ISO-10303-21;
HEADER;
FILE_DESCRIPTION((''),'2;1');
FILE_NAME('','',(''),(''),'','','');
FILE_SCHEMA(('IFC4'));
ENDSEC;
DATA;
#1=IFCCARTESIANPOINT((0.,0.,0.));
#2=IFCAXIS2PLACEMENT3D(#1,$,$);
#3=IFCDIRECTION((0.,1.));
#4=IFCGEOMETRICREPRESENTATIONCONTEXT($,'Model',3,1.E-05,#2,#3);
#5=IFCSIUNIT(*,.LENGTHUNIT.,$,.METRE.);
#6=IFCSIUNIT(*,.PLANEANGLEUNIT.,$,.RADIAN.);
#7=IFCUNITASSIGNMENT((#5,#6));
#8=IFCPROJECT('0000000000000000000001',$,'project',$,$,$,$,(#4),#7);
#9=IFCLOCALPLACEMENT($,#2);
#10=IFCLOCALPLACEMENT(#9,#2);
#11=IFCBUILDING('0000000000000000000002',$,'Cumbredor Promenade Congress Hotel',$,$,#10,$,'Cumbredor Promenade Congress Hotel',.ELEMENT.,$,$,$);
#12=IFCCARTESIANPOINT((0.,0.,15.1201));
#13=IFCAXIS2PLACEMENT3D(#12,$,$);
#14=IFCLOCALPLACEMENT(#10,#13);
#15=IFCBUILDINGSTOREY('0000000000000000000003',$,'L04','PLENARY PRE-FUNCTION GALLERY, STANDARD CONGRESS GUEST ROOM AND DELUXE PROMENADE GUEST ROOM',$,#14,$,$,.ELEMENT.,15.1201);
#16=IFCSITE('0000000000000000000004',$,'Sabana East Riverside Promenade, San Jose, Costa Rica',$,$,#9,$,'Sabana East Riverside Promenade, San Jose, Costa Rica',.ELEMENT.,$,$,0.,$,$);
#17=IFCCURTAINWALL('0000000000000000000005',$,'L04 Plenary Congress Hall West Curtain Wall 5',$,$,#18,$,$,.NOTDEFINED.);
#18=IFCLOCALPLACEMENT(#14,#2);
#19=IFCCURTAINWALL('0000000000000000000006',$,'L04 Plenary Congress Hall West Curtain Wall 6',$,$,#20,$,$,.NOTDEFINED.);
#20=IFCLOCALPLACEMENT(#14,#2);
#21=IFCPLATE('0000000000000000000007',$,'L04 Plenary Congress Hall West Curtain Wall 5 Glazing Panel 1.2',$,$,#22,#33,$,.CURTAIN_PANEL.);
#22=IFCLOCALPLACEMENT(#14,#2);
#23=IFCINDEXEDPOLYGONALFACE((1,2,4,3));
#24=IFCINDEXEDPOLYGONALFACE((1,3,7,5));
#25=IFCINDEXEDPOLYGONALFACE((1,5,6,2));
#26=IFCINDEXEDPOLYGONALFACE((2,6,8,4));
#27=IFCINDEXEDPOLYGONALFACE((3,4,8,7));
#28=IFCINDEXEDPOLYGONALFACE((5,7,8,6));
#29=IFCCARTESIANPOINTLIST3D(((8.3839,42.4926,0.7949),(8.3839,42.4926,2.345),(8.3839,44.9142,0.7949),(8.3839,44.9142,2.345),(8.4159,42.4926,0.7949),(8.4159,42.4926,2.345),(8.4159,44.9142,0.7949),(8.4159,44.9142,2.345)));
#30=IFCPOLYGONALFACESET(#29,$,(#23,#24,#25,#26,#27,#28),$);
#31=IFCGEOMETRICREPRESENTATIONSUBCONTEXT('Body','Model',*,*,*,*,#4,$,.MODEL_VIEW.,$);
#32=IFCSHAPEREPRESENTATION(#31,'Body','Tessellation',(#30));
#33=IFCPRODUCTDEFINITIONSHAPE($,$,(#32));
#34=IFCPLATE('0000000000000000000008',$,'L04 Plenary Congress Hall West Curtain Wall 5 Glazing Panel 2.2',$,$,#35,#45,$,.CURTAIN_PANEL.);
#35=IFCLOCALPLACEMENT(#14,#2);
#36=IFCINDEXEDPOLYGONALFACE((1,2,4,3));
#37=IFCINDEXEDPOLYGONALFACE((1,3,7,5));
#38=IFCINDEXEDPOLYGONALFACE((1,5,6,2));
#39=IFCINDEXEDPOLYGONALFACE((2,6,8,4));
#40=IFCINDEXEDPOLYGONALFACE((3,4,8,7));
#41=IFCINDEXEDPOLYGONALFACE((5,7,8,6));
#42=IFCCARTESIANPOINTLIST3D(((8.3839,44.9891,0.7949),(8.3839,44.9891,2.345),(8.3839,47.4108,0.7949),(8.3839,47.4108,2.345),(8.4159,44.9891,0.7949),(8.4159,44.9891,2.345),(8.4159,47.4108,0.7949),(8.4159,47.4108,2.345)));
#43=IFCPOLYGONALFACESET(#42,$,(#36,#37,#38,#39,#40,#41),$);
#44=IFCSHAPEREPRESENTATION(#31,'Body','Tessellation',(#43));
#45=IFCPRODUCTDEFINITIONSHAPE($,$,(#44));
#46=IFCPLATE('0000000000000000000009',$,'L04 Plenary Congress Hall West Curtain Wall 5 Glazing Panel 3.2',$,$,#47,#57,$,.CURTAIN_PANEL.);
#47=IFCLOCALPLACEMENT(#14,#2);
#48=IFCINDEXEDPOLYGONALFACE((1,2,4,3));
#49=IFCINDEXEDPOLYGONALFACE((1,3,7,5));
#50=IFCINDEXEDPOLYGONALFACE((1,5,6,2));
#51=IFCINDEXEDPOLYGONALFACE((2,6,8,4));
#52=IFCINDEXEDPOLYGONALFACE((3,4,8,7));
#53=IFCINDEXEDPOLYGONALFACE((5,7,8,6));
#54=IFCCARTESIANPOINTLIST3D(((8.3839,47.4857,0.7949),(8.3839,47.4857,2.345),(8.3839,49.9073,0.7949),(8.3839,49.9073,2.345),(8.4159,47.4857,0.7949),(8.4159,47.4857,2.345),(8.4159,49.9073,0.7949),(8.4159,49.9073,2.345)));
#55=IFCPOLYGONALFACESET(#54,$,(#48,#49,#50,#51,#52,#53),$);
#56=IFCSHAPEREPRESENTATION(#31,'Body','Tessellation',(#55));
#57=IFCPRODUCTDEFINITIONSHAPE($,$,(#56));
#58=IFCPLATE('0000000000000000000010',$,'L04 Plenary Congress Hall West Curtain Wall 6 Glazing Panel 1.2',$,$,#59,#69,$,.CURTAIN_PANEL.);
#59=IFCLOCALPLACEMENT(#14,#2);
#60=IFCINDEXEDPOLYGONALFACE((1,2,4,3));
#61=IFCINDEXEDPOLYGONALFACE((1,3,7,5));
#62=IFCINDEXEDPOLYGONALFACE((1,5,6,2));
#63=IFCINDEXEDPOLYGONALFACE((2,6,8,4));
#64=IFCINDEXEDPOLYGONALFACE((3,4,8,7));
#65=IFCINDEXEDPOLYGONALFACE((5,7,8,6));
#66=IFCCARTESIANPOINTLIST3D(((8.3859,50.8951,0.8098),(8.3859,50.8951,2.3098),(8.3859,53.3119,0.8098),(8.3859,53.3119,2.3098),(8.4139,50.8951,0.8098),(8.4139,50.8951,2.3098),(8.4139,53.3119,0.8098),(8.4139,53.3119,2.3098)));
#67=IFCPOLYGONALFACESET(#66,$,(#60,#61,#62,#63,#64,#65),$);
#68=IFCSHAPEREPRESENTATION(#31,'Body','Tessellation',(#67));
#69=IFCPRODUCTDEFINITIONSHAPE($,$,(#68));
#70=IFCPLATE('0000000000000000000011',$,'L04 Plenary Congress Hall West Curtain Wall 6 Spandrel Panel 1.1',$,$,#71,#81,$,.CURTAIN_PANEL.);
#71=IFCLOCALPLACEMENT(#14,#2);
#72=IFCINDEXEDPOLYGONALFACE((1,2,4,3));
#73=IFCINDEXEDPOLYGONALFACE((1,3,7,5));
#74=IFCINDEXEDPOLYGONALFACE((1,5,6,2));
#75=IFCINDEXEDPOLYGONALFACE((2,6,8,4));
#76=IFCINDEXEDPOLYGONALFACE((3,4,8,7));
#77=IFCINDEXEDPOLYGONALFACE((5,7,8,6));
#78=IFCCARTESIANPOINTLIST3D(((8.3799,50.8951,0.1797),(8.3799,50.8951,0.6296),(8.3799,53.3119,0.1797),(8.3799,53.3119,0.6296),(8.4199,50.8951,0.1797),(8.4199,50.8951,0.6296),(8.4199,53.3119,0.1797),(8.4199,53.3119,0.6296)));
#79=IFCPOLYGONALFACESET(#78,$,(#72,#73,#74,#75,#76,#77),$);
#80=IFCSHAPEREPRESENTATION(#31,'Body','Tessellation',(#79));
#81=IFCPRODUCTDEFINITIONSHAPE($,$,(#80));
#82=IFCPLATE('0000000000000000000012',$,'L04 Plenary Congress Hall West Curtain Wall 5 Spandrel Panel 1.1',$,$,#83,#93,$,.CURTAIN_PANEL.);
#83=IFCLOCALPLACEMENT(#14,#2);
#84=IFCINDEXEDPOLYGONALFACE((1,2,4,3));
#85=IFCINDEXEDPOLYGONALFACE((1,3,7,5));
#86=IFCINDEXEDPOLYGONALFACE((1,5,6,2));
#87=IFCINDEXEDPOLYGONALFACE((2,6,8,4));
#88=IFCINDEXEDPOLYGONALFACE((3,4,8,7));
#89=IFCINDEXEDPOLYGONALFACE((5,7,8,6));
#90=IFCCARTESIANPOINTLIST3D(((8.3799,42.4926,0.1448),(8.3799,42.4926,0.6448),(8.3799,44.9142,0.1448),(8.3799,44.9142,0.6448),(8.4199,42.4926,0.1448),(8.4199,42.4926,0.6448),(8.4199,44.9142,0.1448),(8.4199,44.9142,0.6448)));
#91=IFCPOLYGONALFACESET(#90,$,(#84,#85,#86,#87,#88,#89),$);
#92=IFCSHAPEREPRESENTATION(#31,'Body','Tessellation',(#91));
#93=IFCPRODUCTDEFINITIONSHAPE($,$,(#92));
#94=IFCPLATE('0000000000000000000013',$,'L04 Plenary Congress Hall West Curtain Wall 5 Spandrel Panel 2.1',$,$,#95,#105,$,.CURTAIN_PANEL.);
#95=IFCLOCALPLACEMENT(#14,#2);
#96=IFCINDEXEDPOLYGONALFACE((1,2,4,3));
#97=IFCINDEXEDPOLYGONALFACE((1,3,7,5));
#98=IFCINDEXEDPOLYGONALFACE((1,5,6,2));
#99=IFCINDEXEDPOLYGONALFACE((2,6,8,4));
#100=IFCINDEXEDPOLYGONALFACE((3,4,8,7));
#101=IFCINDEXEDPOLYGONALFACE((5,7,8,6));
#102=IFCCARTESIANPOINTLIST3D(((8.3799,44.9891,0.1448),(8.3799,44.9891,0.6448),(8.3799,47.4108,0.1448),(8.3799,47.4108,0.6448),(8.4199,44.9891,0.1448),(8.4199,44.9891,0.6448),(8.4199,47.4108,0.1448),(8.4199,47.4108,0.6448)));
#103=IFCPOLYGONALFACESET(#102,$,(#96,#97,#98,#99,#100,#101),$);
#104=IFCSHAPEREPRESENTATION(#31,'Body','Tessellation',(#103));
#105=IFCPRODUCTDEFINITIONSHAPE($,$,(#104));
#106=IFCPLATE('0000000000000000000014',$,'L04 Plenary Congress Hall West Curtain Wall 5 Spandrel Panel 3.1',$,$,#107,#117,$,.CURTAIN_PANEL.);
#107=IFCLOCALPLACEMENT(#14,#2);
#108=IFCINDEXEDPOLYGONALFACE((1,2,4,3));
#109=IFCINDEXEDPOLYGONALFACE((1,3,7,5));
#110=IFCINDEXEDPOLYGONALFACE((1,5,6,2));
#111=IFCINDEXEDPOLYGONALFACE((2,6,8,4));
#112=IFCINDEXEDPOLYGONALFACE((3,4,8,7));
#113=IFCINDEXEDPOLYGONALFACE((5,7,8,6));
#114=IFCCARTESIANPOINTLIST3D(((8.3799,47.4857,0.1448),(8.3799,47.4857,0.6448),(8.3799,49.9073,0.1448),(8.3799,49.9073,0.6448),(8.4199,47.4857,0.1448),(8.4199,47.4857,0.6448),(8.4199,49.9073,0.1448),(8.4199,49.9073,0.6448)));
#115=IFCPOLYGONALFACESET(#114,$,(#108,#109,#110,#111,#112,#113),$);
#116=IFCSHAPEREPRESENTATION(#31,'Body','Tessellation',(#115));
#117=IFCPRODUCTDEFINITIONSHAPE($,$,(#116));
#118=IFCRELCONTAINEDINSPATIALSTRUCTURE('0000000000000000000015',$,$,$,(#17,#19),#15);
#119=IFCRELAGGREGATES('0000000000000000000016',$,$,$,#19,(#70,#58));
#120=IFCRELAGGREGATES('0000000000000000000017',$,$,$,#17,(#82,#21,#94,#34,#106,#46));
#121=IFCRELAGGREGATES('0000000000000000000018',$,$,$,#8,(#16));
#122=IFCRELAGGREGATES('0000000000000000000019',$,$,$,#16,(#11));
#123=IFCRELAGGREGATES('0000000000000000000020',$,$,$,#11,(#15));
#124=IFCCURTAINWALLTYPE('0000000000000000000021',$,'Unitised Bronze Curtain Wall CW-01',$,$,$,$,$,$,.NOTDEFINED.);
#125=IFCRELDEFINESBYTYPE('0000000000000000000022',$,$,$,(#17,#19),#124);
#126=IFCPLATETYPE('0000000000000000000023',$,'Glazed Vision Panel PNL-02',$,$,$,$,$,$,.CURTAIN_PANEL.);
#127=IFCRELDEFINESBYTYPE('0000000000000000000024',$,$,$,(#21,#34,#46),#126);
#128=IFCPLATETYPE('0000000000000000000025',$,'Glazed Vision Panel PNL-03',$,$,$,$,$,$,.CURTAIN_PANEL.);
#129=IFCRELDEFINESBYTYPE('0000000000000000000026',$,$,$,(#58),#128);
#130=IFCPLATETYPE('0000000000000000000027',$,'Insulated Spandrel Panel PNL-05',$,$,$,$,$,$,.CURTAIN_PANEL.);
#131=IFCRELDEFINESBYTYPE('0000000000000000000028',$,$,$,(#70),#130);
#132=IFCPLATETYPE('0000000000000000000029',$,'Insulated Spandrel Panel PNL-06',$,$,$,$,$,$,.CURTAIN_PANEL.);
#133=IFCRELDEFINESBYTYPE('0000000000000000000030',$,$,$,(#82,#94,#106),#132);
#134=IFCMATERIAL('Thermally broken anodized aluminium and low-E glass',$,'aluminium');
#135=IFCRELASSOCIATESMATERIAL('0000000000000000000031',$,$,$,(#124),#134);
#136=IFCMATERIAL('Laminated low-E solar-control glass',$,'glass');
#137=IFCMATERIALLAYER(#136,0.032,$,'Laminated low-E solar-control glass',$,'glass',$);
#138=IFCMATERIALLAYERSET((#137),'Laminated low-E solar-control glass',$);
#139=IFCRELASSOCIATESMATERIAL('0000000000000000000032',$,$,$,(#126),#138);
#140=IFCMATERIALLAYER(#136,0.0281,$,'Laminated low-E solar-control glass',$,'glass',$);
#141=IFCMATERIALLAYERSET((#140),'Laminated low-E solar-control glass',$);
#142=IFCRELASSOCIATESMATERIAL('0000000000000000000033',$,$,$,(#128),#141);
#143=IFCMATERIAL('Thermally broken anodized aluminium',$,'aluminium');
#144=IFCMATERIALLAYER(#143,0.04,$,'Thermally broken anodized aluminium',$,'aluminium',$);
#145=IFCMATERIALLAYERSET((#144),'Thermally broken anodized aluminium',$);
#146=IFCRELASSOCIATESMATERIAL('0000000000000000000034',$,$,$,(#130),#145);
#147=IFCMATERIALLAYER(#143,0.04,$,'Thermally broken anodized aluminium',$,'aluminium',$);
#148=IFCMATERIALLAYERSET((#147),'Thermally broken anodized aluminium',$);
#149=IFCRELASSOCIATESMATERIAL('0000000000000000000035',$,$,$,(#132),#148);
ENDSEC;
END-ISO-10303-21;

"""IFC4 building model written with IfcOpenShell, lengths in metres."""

from ifc_helpers import new_model, si_unit, direction, frame, origin, origin_2d, place, context, subcontext, project, spatial, rectangle, extrude, material, layer, layer_set, type_object, element, aggregate, save


model = new_model("IFC4")

# Units and contexts
model_context = context("Model", 3, precision=1e-05, world=origin(), true_north=direction((0.0, 1.0)))
body_context = subcontext(model_context, "Body", "Model", "MODEL_VIEW")
ifc_project = project(units=[si_unit("LENGTHUNIT", "METRE"), si_unit("PLANEANGLEUNIT", "RADIAN")], contexts=[model_context])

# Site, building, storey
site_placement = place(None, origin())
site = spatial("IfcSite", under=ifc_project, at=site_placement, Name="Sabana East Riverside Promenade, San Jose, Costa Rica", LongName="Sabana East Riverside Promenade, San Jose, Costa Rica", CompositionType="ELEMENT", RefElevation=0.0)
building_placement = place(site_placement, origin())
building = spatial("IfcBuilding", under=site, at=building_placement, Name="Cumbredor Promenade Congress Hotel", LongName="Cumbredor Promenade Congress Hotel", CompositionType="ELEMENT")
storey_placement = place(building_placement, frame((0.0, 0.0, 15.1201)))
storey = spatial("IfcBuildingStorey", under=building, at=storey_placement, Name="L04", Description="PLENARY PRE-FUNCTION GALLERY, STANDARD CONGRESS GUEST ROOM AND DELUXE PROMENADE GUEST ROOM", CompositionType="ELEMENT", Elevation=15.1201)

# Curtain walls
ifc_material_1 = material(Name="Thermally broken anodized aluminium and low-E glass", Category="aluminium")
curtain_wall_type = type_object("IfcCurtainWallType", Name="Unitised Bronze Curtain Wall CW-01", PredefinedType="NOTDEFINED", material=ifc_material_1)
curtain_wall_1_placement = place(storey_placement, origin())
curtain_wall_1 = element("IfcCurtainWall", 1, at=curtain_wall_1_placement, inside=storey, type_object=curtain_wall_type, Name="L04 Plenary Congress Hall West Curtain Wall 5", PredefinedType="NOTDEFINED")
ifc_material_2 = material(Name="Thermally broken anodized aluminium", Category="aluminium")
curtain_wall_2_placement = place(storey_placement, origin())
curtain_wall_2 = element("IfcCurtainWall", 2, at=curtain_wall_2_placement, inside=storey, type_object=curtain_wall_type, Name="L04 Plenary Congress Hall West Curtain Wall 6", PredefinedType="NOTDEFINED")

# Plates
ifc_material_3 = material(Name="Laminated low-E solar-control glass", Category="glass")
ifc_layer_1 = layer(ifc_material_3, 0.032, Name="Laminated low-E solar-control glass", Category="glass")
ifc_layer_set_1 = layer_set([ifc_layer_1], Name="Laminated low-E solar-control glass")
plate_type_1 = type_object("IfcPlateType", Name="Glazed Vision Panel PNL-02", PredefinedType="CURTAIN_PANEL", material=ifc_layer_set_1)
plate_1_placement = place(storey_placement, frame((8.3999, 43.7034, 0.7949), z_axis=(0.0, 0.0, 1.0), x_axis=(0.0, 1.0, 0.0)))
plate_1 = element("IfcPlate", 3, at=plate_1_placement, type_object=plate_type_1, Name="L04 Plenary Congress Hall West Curtain Wall 5 Glazing Panel 1.2", PredefinedType="CURTAIN_PANEL", context=body_context, shape_type="SweptSolid", body=[
    extrude(rectangle(XDim=2.4216, YDim=0.032, at=origin_2d()), origin(), (0.0, 0.0, 1.0), 1.55),
])
plate_2_placement = place(storey_placement, frame((8.3999, 46.2, 0.7949), z_axis=(0.0, 0.0, 1.0), x_axis=(0.0, 1.0, 0.0)))
plate_2 = element("IfcPlate", 4, at=plate_2_placement, type_object=plate_type_1, Name="L04 Plenary Congress Hall West Curtain Wall 5 Glazing Panel 2.2", PredefinedType="CURTAIN_PANEL", context=body_context, shape_type="SweptSolid", body=[
    extrude(rectangle(XDim=2.4216, YDim=0.032, at=origin_2d()), origin(), (0.0, 0.0, 1.0), 1.55),
])
plate_3_placement = place(storey_placement, frame((8.3999, 48.6965, 0.7949), z_axis=(0.0, 0.0, 1.0), x_axis=(0.0, 1.0, 0.0)))
plate_3 = element("IfcPlate", 5, at=plate_3_placement, type_object=plate_type_1, Name="L04 Plenary Congress Hall West Curtain Wall 5 Glazing Panel 3.2", PredefinedType="CURTAIN_PANEL", context=body_context, shape_type="SweptSolid", body=[
    extrude(rectangle(XDim=2.4216, YDim=0.032, at=origin_2d()), origin(), (0.0, 0.0, 1.0), 1.55),
])
ifc_layer_2 = layer(ifc_material_3, 0.0281, Name="Laminated low-E solar-control glass", Category="glass")
ifc_layer_set_2 = layer_set([ifc_layer_2], Name="Laminated low-E solar-control glass")
plate_type_2 = type_object("IfcPlateType", Name="Glazed Vision Panel PNL-03", PredefinedType="CURTAIN_PANEL", material=ifc_layer_set_2)
plate_4_placement = place(storey_placement, frame((8.3999, 52.1035, 0.8098), z_axis=(0.0, 0.0, 1.0), x_axis=(0.0, 1.0, 0.0)))
plate_4 = element("IfcPlate", 6, at=plate_4_placement, type_object=plate_type_2, Name="L04 Plenary Congress Hall West Curtain Wall 6 Glazing Panel 1.2", PredefinedType="CURTAIN_PANEL", context=body_context, shape_type="SweptSolid", body=[
    extrude(rectangle(XDim=2.4167, YDim=0.0281, at=origin_2d()), origin(), (0.0, 0.0, 1.0), 1.5),
])
ifc_layer_3 = layer(ifc_material_2, 0.04, Name="Thermally broken anodized aluminium", Category="aluminium")
ifc_layer_set_3 = layer_set([ifc_layer_3], Name="Thermally broken anodized aluminium")
plate_type_3 = type_object("IfcPlateType", Name="Insulated Spandrel Panel PNL-05", PredefinedType="CURTAIN_PANEL", material=ifc_layer_set_3)
plate_5_placement = place(storey_placement, frame((8.3999, 52.1035, 0.1797), z_axis=(0.0, 0.0, 1.0), x_axis=(0.0, 1.0, 0.0)))
plate_5 = element("IfcPlate", 7, at=plate_5_placement, type_object=plate_type_3, Name="L04 Plenary Congress Hall West Curtain Wall 6 Spandrel Panel 1.1", PredefinedType="CURTAIN_PANEL", context=body_context, shape_type="SweptSolid", body=[
    extrude(rectangle(XDim=2.4167, YDim=0.04, at=origin_2d()), origin(), (0.0, 0.0, 1.0), 0.45),
])
aggregate(curtain_wall_2, [plate_5, plate_4])
ifc_layer_4 = layer(ifc_material_2, 0.04, Name="Thermally broken anodized aluminium", Category="aluminium")
ifc_layer_set_4 = layer_set([ifc_layer_4], Name="Thermally broken anodized aluminium")
plate_type_4 = type_object("IfcPlateType", Name="Insulated Spandrel Panel PNL-06", PredefinedType="CURTAIN_PANEL", material=ifc_layer_set_4)
plate_6_placement = place(storey_placement, frame((8.3999, 43.7034, 0.1448), z_axis=(0.0, 0.0, 1.0), x_axis=(0.0, 1.0, 0.0)))
plate_6 = element("IfcPlate", 8, at=plate_6_placement, type_object=plate_type_4, Name="L04 Plenary Congress Hall West Curtain Wall 5 Spandrel Panel 1.1", PredefinedType="CURTAIN_PANEL", context=body_context, shape_type="SweptSolid", body=[
    extrude(rectangle(XDim=2.4216, YDim=0.04, at=origin_2d()), origin(), (0.0, 0.0, 1.0), 0.5),
])
plate_7_placement = place(storey_placement, frame((8.3999, 46.2, 0.1448), z_axis=(0.0, 0.0, 1.0), x_axis=(0.0, 1.0, 0.0)))
plate_7 = element("IfcPlate", 9, at=plate_7_placement, type_object=plate_type_4, Name="L04 Plenary Congress Hall West Curtain Wall 5 Spandrel Panel 2.1", PredefinedType="CURTAIN_PANEL", context=body_context, shape_type="SweptSolid", body=[
    extrude(rectangle(XDim=2.4216, YDim=0.04, at=origin_2d()), origin(), (0.0, 0.0, 1.0), 0.5),
])
plate_8_placement = place(storey_placement, frame((8.3999, 48.6965, 0.1448), z_axis=(0.0, 0.0, 1.0), x_axis=(0.0, 1.0, 0.0)))
plate_8 = element("IfcPlate", 10, at=plate_8_placement, type_object=plate_type_4, Name="L04 Plenary Congress Hall West Curtain Wall 5 Spandrel Panel 3.1", PredefinedType="CURTAIN_PANEL", context=body_context, shape_type="SweptSolid", body=[
    extrude(rectangle(XDim=2.4216, YDim=0.04, at=origin_2d()), origin(), (0.0, 0.0, 1.0), 0.5),
])
aggregate(curtain_wall_1, [plate_6, plate_1, plate_7, plate_2, plate_8, plate_3])

save(model, "model.ifc")
